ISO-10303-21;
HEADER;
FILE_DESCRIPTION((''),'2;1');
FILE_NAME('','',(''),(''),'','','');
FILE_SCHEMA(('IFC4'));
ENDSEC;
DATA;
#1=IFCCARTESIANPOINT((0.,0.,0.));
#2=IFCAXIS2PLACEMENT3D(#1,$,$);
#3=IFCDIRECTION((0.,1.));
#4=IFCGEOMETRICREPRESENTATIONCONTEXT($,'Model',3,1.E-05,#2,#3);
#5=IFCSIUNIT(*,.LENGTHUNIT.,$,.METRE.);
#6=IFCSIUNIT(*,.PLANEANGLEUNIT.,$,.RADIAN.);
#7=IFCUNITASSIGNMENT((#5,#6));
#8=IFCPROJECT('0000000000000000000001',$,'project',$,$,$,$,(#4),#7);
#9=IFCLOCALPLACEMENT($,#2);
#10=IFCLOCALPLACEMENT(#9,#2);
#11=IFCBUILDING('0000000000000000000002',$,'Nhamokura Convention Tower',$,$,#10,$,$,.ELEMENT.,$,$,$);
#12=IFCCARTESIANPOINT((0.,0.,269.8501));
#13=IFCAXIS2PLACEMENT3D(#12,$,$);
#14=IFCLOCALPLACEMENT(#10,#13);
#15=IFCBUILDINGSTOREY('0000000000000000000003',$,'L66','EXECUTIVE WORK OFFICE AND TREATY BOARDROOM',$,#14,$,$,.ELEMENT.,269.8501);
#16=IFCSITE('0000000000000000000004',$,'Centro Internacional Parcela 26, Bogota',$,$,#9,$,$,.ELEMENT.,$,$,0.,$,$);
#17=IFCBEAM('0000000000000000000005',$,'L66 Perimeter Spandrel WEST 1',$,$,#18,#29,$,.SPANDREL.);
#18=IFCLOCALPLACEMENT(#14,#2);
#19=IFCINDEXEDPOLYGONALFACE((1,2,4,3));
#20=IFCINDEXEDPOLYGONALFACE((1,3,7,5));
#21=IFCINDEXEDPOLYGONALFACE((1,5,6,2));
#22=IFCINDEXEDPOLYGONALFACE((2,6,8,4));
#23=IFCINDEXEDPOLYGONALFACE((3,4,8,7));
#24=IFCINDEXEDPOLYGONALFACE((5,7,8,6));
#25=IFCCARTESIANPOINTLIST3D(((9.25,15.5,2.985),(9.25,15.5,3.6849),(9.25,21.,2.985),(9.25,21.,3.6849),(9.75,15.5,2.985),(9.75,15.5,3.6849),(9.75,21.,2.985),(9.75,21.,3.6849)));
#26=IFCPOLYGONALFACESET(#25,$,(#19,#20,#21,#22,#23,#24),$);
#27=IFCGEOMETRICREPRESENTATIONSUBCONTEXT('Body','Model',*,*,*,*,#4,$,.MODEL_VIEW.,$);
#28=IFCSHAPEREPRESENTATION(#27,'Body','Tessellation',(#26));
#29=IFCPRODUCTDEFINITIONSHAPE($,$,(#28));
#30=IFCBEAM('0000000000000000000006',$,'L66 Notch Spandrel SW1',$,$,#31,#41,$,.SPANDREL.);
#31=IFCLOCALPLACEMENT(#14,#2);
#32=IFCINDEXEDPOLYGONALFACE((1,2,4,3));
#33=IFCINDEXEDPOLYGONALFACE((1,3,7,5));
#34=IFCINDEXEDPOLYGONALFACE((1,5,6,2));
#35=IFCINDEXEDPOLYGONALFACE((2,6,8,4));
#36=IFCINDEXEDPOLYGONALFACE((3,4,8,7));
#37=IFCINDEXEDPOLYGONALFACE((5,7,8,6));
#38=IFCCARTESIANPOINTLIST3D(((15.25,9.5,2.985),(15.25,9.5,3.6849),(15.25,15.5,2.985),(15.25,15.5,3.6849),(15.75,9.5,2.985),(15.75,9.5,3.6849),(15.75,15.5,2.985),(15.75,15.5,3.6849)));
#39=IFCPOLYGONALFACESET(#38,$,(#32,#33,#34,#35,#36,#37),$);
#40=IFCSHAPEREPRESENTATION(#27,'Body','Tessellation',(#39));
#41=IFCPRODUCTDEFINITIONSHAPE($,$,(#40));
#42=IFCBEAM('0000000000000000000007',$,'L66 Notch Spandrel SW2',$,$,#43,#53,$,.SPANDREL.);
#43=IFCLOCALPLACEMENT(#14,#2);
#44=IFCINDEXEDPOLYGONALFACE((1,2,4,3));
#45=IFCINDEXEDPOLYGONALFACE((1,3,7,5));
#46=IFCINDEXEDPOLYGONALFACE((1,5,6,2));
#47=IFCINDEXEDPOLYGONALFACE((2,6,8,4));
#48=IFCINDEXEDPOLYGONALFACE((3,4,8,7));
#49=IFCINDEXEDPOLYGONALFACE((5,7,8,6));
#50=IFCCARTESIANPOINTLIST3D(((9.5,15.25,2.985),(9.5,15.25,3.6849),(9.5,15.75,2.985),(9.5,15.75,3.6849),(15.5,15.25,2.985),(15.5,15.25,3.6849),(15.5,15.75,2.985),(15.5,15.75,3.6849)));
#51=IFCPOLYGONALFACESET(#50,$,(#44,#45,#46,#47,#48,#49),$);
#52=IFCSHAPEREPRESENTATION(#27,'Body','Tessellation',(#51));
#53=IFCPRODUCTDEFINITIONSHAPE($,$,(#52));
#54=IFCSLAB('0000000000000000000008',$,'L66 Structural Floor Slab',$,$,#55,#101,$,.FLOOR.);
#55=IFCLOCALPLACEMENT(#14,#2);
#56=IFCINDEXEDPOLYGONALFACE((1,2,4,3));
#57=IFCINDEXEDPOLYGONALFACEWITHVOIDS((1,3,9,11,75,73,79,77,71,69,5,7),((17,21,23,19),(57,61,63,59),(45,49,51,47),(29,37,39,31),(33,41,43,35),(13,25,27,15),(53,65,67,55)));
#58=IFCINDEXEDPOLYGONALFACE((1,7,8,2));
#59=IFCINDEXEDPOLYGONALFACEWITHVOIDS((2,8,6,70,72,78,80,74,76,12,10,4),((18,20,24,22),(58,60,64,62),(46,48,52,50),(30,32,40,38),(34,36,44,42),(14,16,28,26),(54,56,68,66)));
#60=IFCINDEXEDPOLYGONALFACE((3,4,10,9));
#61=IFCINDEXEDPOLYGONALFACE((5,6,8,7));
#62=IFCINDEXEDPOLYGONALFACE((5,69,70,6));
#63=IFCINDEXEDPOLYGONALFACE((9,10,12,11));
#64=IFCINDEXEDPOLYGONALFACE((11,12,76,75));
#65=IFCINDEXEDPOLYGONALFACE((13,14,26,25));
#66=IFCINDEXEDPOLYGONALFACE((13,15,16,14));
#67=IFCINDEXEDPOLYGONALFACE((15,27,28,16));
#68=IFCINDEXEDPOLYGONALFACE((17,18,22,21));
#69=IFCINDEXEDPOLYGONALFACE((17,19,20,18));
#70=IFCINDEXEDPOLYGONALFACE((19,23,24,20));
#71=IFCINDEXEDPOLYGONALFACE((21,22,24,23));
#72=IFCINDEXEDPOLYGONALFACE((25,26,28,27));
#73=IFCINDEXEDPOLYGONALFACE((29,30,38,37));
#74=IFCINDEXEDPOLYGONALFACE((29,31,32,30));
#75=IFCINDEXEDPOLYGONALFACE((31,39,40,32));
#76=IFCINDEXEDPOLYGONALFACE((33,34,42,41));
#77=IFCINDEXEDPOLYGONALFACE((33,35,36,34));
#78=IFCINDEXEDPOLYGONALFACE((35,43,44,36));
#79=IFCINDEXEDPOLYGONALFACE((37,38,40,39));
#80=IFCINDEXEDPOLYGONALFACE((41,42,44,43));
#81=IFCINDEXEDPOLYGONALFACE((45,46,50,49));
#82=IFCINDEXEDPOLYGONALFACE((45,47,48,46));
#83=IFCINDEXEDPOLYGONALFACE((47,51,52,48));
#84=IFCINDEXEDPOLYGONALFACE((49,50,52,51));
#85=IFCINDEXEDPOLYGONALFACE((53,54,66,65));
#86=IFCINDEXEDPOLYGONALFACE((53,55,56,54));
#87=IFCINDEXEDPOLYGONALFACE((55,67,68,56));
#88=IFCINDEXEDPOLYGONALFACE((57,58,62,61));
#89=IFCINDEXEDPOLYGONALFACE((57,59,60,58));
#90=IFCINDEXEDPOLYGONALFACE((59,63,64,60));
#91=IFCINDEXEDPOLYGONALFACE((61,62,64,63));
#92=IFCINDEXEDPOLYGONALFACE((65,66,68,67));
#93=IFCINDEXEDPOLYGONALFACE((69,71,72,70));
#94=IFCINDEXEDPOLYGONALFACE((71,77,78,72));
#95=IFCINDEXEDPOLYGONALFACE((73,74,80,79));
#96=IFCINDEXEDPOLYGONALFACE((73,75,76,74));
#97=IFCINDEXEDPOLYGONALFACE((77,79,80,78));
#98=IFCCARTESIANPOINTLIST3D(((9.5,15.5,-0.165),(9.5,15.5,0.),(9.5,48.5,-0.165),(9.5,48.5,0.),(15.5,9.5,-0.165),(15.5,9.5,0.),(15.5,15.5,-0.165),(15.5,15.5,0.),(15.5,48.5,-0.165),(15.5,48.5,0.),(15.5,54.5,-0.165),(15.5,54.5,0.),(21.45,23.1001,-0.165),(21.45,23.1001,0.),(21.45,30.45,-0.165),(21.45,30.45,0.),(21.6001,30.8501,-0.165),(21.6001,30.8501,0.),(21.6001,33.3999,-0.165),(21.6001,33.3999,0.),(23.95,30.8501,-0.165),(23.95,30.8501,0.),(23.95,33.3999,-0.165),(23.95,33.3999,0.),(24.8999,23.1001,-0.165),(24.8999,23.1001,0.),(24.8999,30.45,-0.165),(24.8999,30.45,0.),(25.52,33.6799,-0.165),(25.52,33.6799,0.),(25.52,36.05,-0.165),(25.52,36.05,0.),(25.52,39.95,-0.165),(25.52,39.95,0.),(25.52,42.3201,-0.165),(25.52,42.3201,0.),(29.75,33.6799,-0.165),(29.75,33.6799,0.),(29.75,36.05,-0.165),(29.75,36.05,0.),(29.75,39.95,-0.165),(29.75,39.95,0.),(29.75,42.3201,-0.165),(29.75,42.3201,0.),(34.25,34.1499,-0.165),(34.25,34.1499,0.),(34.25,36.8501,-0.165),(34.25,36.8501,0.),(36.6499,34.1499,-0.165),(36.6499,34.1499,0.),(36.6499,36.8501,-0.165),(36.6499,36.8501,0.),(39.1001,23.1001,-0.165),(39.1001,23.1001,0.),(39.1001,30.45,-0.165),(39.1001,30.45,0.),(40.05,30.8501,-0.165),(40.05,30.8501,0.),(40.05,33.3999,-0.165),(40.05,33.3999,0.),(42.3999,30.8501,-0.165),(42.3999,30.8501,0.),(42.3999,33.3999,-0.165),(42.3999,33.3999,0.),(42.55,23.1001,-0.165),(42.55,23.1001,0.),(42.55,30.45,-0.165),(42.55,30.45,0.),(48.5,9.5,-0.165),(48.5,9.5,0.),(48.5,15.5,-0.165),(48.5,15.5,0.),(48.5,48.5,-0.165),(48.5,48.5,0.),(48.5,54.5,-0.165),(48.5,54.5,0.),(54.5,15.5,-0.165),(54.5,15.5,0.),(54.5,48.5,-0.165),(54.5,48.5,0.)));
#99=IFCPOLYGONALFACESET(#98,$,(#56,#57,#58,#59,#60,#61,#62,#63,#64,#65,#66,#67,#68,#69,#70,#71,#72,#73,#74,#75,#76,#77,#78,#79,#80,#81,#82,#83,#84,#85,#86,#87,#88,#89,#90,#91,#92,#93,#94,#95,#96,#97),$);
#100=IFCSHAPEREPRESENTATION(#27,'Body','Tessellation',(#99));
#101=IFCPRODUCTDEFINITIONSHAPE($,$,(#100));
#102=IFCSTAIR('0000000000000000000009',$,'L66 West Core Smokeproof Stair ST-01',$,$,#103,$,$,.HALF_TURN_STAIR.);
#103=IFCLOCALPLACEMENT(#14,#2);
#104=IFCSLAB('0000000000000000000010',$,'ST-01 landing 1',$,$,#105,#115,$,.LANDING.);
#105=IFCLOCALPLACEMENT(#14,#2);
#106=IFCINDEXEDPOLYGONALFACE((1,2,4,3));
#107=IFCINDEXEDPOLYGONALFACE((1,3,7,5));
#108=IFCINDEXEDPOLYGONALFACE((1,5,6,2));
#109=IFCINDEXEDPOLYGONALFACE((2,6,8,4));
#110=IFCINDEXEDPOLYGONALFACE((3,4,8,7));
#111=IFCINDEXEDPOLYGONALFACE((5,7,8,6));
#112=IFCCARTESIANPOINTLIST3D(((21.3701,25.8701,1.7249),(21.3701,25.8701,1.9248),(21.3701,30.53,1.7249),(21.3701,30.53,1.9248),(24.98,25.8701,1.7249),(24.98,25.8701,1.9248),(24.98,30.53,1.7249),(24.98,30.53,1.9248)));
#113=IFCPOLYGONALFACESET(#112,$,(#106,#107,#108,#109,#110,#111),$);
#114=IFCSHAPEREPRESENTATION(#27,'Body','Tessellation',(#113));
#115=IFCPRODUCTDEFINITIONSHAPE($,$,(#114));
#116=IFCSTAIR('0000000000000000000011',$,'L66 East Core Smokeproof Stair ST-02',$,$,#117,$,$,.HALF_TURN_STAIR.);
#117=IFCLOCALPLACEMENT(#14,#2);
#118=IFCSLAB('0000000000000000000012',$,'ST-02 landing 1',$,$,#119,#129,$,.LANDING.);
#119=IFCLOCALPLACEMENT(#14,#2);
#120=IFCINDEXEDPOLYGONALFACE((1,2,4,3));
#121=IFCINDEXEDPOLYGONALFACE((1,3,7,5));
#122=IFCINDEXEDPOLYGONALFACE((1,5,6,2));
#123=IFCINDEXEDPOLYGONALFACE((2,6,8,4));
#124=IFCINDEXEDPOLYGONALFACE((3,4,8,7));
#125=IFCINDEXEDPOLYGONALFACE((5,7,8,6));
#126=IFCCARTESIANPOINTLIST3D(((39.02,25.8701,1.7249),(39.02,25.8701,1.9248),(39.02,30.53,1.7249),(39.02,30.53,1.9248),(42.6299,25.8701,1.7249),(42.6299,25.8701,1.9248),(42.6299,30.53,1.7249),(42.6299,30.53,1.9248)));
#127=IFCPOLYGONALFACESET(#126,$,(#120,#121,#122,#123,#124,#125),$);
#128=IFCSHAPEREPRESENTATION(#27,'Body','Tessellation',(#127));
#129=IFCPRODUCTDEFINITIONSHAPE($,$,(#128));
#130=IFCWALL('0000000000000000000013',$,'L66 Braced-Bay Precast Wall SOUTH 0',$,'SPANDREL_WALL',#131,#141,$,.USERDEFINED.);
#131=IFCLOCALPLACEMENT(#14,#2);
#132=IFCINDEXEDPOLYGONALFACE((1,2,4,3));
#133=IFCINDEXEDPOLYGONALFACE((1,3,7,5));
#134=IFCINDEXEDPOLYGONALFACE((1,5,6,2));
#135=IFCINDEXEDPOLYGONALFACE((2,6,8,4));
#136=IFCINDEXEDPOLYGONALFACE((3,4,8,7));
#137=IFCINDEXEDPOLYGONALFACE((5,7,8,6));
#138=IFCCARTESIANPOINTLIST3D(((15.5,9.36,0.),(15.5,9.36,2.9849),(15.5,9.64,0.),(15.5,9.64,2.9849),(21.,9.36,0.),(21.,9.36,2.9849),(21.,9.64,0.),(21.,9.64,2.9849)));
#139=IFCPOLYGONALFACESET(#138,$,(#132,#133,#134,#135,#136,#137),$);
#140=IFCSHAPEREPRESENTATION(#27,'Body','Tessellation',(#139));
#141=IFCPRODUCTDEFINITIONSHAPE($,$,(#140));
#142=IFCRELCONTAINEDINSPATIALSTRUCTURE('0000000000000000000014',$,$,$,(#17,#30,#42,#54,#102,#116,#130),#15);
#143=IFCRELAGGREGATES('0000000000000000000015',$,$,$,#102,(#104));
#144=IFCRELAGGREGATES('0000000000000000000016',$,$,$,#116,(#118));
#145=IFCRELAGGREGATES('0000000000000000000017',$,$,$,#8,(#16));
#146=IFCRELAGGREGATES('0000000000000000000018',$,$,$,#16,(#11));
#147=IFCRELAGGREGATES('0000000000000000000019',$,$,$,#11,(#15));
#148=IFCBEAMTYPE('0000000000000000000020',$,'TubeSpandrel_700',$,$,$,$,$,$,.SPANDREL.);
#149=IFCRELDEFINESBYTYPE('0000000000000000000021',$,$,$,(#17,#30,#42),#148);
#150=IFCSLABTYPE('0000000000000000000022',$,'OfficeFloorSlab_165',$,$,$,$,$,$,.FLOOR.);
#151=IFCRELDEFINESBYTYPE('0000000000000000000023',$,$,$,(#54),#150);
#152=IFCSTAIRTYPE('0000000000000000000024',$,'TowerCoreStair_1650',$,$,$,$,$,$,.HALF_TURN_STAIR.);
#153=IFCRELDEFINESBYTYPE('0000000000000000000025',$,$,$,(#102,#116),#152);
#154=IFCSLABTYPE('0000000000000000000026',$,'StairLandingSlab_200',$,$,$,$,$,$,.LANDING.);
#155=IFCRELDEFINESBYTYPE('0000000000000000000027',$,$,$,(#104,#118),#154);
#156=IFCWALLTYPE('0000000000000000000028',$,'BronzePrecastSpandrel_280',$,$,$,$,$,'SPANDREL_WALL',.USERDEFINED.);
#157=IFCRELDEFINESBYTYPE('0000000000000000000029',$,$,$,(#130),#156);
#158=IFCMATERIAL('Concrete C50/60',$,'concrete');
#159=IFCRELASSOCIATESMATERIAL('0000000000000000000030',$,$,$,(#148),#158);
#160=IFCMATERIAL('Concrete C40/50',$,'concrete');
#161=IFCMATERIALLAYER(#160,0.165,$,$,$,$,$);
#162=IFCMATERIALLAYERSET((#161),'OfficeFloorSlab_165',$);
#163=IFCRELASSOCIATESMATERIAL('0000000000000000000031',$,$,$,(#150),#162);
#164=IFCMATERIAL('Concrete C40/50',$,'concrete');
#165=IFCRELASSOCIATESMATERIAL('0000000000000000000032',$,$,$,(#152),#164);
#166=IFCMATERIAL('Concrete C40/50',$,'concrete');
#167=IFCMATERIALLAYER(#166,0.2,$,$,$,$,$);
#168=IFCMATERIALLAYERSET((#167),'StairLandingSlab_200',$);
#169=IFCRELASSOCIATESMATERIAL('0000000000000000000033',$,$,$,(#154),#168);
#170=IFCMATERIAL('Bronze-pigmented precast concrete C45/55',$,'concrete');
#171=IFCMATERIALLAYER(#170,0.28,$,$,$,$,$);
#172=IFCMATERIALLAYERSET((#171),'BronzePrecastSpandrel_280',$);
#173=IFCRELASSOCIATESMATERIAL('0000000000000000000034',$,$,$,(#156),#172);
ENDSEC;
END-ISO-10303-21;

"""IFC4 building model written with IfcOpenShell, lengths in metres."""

from ifc_helpers import new_model, si_unit, direction, frame, frame_2d, origin, origin_2d, place, context, subcontext, project, spatial, polyline, rectangle, outline, extrude, material, layer, layer_set, material_profile, profile_set, type_object, element, aggregate, save


model = new_model("IFC4")

# Units and contexts
model_context = context("Model", 3, precision=1e-05, world=origin(), true_north=direction((0.0, 1.0)))
body_context = subcontext(model_context, "Body", "Model", "MODEL_VIEW")
ifc_project = project(units=[si_unit("LENGTHUNIT", "METRE"), si_unit("PLANEANGLEUNIT", "RADIAN")], contexts=[model_context])

# Site, building, storey
site_placement = place(None, origin())
site = spatial("IfcSite", under=ifc_project, at=site_placement, Name="Centro Internacional Parcela 26, Bogota", CompositionType="ELEMENT", RefElevation=0.0)
building_placement = place(site_placement, origin())
building = spatial("IfcBuilding", under=site, at=building_placement, Name="Nhamokura Convention Tower", CompositionType="ELEMENT")
storey_placement = place(building_placement, frame((0.0, 0.0, 269.8501)))
storey = spatial("IfcBuildingStorey", under=building, at=storey_placement, Name="L66", Description="EXECUTIVE WORK OFFICE AND TREATY BOARDROOM", CompositionType="ELEMENT", Elevation=269.8501)

# Beams
ifc_material_1 = material(Name="Concrete C50/60", Category="concrete")
ifc_material_profile_1 = material_profile(ifc_material_1, rectangle(XDim=0.5, YDim=0.7, at=origin_2d()))
ifc_profile_set_1 = profile_set([ifc_material_profile_1], Name="Concrete C50/60")
beam_type_1 = type_object("IfcBeamType", Name="TubeSpandrel_700", PredefinedType="SPANDREL", material=ifc_profile_set_1)
for number, where, z_axis, x_axis, name in (
    (1, (9.5, 15.5, 3.335), (0.0, 1.0, 0.0), (-1.0, 0.0, 0.0), "L66 Perimeter Spandrel WEST 1"),
):
    element("IfcBeam", number, at=place(storey_placement, frame(where, z_axis=z_axis, x_axis=x_axis)), inside=storey, type_object=beam_type_1, Name=name, PredefinedType="SPANDREL", context=body_context, shape_type="SweptSolid", body=[
        extrude(rectangle(XDim=0.5, YDim=0.7, at=origin_2d()), origin(), (0.0, 0.0, 1.0), 5.5),
    ])
for number, where, z_axis, x_axis, name in (
    (2, (15.5, 9.5, 3.335), (0.0, 1.0, 0.0), (-1.0, 0.0, 0.0), "L66 Notch Spandrel SW1"),
    (3, (15.5, 15.5, 3.335), (-1.0, 0.0, 0.0), (0.0, -1.0, 0.0), "L66 Notch Spandrel SW2"),
):
    element("IfcBeam", number, at=place(storey_placement, frame(where, z_axis=z_axis, x_axis=x_axis)), inside=storey, type_object=beam_type_1, Name=name, PredefinedType="SPANDREL", context=body_context, shape_type="SweptSolid", body=[
        extrude(rectangle(XDim=0.5, YDim=0.7, at=origin_2d()), origin(), (0.0, 0.0, 1.0), 6.0),
    ])

# Slab
ifc_material_2 = material(Name="Concrete C40/50", Category="concrete")
ifc_layer_1 = layer(ifc_material_2, 0.165)
ifc_layer_set_1 = layer_set([ifc_layer_1], Name="OfficeFloorSlab_165")
slab_type_1 = type_object("IfcSlabType", Name="OfficeFloorSlab_165", PredefinedType="FLOOR", material=ifc_layer_set_1)
slab_1_placement = place(storey_placement, frame((0.0, 0.0, -0.165)))
element("IfcSlab", 4, at=slab_1_placement, inside=storey, type_object=slab_type_1, Name="L66 Structural Floor Slab", PredefinedType="FLOOR", context=body_context, shape_type="SweptSolid", body=[
    extrude(outline(polyline([(15.5, 9.5), (48.5, 9.5), (48.5, 15.5), (54.5, 15.5), (54.5, 48.5), (48.5, 48.5), (48.5, 54.5), (15.5, 54.5), (15.5, 48.5), (9.5, 48.5), (9.5, 15.5), (15.5, 15.5), (15.5, 9.5)]), holes=[polyline([(24.8999, 23.1001), (24.8999, 30.45), (21.45, 30.45), (21.45, 23.1001), (24.8999, 23.1001)]), polyline([(42.55, 23.1001), (42.55, 30.45), (39.1001, 30.45), (39.1001, 23.1001), (42.55, 23.1001)]), polyline([(21.6001, 30.8501), (23.95, 30.8501), (23.95, 33.3999), (21.6001, 33.3999), (21.6001, 30.8501)]), polyline([(40.05, 30.8501), (42.3999, 30.8501), (42.3999, 33.3999), (40.05, 33.3999), (40.05, 30.8501)]), polyline([(34.25, 34.1499), (36.6499, 34.1499), (36.6499, 36.8501), (34.25, 36.8501), (34.25, 34.1499)]), polyline([(25.52, 33.6799), (29.75, 33.6799), (29.75, 36.05), (25.52, 36.05), (25.52, 33.6799)]), polyline([(25.52, 39.95), (29.75, 39.95), (29.75, 42.3201), (25.52, 42.3201), (25.52, 39.95)])]), origin(), (0.0, 0.0, 1.0), 0.165),
])

# Stairs, slabs
ifc_material_3 = material(Name="Concrete C40/50", Category="concrete")
stair_type = type_object("IfcStairType", Name="TowerCoreStair_1650", PredefinedType="HALF_TURN_STAIR", material=ifc_material_3)
stair_1_placement = place(storey_placement, origin())
stair_1 = element("IfcStair", 5, at=stair_1_placement, inside=storey, type_object=stair_type, Name="L66 West Core Smokeproof Stair ST-01", PredefinedType="HALF_TURN_STAIR")
ifc_material_4 = material(Name="Concrete C40/50", Category="concrete")
ifc_layer_2 = layer(ifc_material_4, 0.2)
ifc_layer_set_2 = layer_set([ifc_layer_2], Name="StairLandingSlab_200")
slab_type_2 = type_object("IfcSlabType", Name="StairLandingSlab_200", PredefinedType="LANDING", material=ifc_layer_set_2)
slab_2_placement = place(storey_placement, frame((0.0, 0.0, 1.7249)))
slab_2 = element("IfcSlab", 6, at=slab_2_placement, type_object=slab_type_2, Name="ST-01 landing 1", PredefinedType="LANDING", context=body_context, shape_type="SweptSolid", body=[
    extrude(outline(polyline([(24.98, 25.8701), (24.98, 30.53), (21.3701, 30.53), (21.3701, 25.8701), (24.98, 25.8701)])), origin(), (0.0, 0.0, 1.0), 0.2),
])
aggregate(stair_1, [slab_2])
stair_2_placement = place(storey_placement, origin())
stair_2 = element("IfcStair", 7, at=stair_2_placement, inside=storey, type_object=stair_type, Name="L66 East Core Smokeproof Stair ST-02", PredefinedType="HALF_TURN_STAIR")
slab_3_placement = place(storey_placement, frame((0.0, 0.0, 1.7249)))
slab_3 = element("IfcSlab", 8, at=slab_3_placement, type_object=slab_type_2, Name="ST-02 landing 1", PredefinedType="LANDING", context=body_context, shape_type="SweptSolid", body=[
    extrude(outline(polyline([(42.6299, 25.8701), (42.6299, 30.53), (39.02, 30.53), (39.02, 25.8701), (42.6299, 25.8701)])), origin(), (0.0, 0.0, 1.0), 0.2),
])
aggregate(stair_2, [slab_3])

# Wall
ifc_material_5 = material(Name="Bronze-pigmented precast concrete C45/55", Category="concrete")
ifc_layer_3 = layer(ifc_material_5, 0.28)
ifc_layer_set_3 = layer_set([ifc_layer_3], Name="BronzePrecastSpandrel_280")
wall_type_1 = type_object("IfcWallType", Name="BronzePrecastSpandrel_280", ElementType="SPANDREL_WALL", PredefinedType="USERDEFINED", material=ifc_layer_set_3)
wall_1_placement = place(storey_placement, frame((21.0, 9.5, 0.0), z_axis=(0.0, 0.0, 1.0), x_axis=(-1.0, 0.0, 0.0)))
element("IfcWall", 9, at=wall_1_placement, inside=storey, type_object=wall_type_1, Name="L66 Braced-Bay Precast Wall SOUTH 0", ObjectType="SPANDREL_WALL", PredefinedType="USERDEFINED", context=body_context, shape_type="SweptSolid", body=[
    extrude(rectangle(XDim=5.5, YDim=0.28, at=frame_2d((2.75, 0.0))), origin(), (0.0, 0.0, 1.0), 2.9849),
])

save(model, "model.ifc")
